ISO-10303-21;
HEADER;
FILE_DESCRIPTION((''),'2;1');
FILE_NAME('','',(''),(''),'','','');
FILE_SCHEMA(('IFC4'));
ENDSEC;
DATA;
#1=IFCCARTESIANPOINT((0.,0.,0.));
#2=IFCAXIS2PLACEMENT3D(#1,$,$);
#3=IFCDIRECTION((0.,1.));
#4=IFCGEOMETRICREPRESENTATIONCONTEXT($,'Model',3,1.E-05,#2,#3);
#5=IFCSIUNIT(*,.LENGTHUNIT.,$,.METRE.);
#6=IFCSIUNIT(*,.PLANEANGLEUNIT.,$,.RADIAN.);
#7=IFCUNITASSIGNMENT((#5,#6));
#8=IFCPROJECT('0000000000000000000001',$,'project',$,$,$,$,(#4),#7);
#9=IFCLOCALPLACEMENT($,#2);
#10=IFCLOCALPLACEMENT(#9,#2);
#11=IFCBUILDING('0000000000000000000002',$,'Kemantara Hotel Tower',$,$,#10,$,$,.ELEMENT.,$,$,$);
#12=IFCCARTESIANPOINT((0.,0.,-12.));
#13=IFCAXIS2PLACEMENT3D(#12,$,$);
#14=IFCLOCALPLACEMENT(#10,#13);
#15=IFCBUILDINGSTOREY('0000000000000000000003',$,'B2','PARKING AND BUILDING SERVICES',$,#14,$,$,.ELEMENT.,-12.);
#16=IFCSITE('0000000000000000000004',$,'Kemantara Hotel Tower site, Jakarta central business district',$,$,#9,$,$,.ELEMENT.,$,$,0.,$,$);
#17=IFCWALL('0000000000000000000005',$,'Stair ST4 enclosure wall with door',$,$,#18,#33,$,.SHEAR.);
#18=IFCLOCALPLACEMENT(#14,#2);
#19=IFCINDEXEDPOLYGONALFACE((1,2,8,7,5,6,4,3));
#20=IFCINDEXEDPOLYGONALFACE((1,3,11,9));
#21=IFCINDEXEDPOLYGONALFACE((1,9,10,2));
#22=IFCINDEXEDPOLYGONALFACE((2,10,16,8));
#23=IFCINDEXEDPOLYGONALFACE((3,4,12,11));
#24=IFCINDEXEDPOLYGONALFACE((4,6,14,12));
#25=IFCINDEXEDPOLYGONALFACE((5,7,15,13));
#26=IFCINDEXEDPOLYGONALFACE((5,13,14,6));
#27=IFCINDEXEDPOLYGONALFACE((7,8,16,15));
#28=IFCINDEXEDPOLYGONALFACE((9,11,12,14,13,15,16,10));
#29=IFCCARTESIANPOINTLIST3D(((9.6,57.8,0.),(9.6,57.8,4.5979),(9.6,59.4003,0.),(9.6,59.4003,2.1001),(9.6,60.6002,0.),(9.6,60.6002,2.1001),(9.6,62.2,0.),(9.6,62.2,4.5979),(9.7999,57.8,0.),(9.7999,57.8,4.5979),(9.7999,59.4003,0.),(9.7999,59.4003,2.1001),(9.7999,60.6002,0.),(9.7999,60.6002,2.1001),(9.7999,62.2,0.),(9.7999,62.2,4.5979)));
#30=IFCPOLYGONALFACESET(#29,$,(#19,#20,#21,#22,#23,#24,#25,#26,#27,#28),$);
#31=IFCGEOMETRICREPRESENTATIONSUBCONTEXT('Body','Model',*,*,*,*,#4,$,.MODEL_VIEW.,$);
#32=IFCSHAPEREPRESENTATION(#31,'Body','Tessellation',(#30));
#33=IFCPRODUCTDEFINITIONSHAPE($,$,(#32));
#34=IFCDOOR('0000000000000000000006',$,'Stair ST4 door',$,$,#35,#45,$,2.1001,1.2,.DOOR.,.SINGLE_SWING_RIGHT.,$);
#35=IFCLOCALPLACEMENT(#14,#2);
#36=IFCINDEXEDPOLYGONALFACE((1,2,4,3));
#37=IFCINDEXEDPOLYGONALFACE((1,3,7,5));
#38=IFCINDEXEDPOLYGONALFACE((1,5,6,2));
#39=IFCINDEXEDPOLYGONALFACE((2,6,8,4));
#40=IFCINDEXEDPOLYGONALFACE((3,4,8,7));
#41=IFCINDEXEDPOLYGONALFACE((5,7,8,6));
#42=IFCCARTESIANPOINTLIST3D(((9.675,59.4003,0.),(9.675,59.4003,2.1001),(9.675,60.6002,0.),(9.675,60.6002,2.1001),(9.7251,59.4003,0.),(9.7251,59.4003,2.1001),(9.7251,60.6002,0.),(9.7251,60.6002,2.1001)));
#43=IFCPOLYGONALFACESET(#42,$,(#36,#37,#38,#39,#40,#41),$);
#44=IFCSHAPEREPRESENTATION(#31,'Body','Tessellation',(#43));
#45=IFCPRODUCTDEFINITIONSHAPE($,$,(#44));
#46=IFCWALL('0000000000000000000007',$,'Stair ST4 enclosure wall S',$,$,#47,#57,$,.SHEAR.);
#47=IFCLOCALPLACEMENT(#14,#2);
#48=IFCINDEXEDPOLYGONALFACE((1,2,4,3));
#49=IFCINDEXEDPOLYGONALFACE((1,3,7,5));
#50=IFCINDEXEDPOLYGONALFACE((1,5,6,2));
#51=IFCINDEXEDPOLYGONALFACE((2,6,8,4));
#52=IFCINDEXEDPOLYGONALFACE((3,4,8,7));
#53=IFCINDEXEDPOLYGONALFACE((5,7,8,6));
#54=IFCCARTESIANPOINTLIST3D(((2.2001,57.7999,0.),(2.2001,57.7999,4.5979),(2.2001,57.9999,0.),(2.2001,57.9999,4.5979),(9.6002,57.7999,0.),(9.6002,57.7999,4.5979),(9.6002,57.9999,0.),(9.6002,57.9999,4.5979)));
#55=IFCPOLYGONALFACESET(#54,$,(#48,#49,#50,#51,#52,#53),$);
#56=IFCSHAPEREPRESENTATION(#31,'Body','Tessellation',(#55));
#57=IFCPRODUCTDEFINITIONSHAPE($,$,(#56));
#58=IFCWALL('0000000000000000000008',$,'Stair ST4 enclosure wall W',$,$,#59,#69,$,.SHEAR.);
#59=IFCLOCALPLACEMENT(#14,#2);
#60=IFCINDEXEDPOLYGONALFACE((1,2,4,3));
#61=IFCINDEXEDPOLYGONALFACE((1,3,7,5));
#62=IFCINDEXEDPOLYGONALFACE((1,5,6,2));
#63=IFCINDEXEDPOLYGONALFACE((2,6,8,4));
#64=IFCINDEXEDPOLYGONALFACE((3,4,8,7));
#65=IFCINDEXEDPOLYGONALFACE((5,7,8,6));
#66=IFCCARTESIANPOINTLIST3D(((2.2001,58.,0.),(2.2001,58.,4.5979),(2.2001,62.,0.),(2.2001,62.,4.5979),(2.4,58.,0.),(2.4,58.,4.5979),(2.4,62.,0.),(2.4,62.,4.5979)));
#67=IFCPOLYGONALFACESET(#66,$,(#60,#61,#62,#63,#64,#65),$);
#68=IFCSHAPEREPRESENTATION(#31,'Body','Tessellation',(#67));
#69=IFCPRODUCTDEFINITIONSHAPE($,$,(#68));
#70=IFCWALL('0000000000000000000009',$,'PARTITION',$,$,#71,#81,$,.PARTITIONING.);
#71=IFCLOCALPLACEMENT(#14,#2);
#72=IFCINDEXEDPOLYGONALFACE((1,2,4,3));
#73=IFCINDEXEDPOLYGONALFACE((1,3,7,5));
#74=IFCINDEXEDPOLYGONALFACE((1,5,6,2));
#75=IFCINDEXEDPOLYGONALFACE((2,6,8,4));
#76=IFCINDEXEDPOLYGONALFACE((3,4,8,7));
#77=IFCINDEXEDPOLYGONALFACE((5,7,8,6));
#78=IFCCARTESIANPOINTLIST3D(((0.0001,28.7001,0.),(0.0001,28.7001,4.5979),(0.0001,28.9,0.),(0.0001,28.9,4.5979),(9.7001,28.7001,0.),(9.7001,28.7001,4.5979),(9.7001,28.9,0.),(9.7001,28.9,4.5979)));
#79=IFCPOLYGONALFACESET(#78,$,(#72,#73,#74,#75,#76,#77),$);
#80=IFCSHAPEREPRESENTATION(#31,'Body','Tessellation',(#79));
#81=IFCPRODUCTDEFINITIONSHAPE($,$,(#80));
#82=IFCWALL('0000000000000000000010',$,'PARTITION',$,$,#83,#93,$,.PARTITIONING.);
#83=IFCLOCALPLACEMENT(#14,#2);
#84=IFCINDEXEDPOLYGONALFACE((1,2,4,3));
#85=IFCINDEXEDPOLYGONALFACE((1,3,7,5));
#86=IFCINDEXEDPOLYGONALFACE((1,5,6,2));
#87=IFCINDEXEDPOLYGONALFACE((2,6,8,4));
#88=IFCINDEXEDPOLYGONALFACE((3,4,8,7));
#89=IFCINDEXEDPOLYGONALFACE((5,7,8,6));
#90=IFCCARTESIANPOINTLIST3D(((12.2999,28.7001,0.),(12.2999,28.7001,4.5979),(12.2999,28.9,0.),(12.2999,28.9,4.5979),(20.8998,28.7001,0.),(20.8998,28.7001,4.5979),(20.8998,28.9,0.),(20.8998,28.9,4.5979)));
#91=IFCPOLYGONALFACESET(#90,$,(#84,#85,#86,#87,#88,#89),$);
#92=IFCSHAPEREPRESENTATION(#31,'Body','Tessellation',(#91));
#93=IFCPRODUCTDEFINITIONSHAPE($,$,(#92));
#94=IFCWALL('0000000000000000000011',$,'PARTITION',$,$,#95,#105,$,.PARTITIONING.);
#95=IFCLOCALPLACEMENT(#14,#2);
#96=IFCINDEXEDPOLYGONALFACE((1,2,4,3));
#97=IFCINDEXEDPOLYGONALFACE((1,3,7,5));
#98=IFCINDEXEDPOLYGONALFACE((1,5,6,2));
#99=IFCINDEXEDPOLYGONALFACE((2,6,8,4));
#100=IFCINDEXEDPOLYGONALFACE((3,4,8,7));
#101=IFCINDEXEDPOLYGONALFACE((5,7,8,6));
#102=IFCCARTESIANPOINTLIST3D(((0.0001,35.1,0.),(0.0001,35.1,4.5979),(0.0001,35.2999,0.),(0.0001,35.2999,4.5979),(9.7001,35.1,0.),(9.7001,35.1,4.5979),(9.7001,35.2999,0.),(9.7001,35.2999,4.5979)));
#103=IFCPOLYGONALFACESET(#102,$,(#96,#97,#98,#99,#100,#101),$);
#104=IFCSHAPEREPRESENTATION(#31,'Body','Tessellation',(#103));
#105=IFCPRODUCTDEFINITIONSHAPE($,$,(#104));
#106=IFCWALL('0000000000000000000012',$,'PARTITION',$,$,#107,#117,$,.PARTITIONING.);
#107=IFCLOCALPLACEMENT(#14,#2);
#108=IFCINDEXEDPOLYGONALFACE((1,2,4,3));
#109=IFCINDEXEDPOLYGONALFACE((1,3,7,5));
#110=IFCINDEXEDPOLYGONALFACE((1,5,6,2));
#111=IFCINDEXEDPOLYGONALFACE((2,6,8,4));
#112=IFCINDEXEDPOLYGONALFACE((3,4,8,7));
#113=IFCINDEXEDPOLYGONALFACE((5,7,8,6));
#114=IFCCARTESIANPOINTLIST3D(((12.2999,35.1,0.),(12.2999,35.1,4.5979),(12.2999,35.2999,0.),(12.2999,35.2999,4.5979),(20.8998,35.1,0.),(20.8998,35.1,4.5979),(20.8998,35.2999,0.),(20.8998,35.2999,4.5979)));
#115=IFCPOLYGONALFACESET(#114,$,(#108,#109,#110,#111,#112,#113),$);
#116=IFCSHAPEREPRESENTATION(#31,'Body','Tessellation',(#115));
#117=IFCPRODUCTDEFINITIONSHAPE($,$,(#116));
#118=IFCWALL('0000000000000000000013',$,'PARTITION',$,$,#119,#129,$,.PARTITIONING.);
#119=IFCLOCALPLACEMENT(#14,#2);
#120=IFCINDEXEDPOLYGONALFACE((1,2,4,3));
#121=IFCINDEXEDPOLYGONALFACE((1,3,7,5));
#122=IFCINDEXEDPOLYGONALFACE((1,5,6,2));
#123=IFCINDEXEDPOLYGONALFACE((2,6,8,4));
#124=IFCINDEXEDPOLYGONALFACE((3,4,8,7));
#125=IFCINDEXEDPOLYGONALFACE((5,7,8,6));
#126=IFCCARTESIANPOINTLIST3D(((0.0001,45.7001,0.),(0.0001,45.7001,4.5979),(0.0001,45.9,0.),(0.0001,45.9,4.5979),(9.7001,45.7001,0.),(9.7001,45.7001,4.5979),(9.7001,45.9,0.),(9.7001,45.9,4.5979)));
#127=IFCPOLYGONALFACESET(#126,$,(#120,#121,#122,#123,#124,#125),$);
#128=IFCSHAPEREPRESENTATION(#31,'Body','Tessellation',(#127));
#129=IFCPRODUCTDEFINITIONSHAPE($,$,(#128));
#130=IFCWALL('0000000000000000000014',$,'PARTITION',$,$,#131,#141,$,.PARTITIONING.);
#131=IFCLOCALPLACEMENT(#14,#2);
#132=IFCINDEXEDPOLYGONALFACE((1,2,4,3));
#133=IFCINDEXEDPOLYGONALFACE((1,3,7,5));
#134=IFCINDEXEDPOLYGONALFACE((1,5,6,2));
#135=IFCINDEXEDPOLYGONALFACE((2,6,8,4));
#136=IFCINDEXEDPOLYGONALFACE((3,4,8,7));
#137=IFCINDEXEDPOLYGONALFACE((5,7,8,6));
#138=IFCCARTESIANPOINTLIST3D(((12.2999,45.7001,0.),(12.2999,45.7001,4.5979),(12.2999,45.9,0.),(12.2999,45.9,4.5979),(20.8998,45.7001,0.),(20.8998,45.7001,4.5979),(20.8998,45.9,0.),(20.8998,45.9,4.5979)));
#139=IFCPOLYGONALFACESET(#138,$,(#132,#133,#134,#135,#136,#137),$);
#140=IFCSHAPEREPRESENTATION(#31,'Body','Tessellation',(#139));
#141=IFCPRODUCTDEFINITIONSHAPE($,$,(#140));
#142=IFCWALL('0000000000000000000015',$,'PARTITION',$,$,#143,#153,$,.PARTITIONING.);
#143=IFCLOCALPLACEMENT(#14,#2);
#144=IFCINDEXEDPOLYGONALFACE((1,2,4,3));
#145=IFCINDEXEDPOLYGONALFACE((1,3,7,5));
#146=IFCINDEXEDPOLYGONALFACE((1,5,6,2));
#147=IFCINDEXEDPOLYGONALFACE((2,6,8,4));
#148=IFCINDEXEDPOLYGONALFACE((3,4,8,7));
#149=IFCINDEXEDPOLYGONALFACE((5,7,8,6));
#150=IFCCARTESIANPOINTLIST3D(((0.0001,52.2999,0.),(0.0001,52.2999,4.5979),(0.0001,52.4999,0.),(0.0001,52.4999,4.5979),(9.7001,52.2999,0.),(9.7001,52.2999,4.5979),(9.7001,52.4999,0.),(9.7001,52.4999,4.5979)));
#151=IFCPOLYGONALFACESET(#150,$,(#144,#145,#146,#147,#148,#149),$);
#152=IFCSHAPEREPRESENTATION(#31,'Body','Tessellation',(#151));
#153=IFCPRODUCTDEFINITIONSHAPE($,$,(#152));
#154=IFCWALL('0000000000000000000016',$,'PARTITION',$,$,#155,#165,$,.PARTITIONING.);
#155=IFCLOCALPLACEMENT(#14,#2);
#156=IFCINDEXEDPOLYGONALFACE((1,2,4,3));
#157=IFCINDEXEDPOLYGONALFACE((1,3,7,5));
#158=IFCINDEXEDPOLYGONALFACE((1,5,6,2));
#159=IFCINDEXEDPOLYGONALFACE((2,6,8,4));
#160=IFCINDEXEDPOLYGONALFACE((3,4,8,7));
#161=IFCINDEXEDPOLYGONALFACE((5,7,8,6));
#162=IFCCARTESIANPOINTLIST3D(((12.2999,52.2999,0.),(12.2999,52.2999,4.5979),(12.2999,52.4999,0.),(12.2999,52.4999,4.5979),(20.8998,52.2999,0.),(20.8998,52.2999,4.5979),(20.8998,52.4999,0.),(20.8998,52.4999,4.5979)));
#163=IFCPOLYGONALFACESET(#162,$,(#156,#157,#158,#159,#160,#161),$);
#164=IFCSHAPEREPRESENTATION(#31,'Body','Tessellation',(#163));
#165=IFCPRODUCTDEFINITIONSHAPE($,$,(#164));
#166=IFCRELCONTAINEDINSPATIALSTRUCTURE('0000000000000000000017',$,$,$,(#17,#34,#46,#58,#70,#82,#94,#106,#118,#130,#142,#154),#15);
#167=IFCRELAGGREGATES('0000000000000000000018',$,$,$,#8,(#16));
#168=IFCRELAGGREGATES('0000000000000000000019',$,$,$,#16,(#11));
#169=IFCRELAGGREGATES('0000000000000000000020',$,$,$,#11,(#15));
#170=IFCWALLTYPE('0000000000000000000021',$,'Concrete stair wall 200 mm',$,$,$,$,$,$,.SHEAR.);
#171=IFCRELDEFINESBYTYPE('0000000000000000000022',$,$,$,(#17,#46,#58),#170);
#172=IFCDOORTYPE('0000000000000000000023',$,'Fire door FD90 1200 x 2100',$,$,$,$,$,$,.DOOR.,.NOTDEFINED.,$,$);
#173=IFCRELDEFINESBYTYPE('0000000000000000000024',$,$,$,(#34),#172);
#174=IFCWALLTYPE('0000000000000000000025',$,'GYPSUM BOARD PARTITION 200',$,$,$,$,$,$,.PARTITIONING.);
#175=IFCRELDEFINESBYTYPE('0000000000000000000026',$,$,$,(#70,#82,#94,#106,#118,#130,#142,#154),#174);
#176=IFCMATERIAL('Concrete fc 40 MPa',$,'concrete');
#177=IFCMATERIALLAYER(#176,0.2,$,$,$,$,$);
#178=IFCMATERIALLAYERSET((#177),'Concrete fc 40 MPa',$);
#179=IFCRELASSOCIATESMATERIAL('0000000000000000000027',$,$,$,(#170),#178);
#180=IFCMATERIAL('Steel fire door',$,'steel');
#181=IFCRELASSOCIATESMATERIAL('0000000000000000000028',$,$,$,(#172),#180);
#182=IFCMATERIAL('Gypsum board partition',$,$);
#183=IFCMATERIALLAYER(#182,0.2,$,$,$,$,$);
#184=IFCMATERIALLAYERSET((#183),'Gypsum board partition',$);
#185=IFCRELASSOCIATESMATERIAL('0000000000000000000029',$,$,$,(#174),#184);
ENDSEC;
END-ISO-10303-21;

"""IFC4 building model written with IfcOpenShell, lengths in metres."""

from ifc_helpers import new_model, si_unit, direction, frame, frame_2d, origin, place, context, subcontext, project, spatial, rectangle, extrude, material, layer, layer_set, type_object, element, fill, save


model = new_model("IFC4")

# Units and contexts
model_context = context("Model", 3, precision=1e-05, world=origin(), true_north=direction((0.0, 1.0)))
body_context = subcontext(model_context, "Body", "Model", "MODEL_VIEW")
ifc_project = project(units=[si_unit("LENGTHUNIT", "METRE"), si_unit("PLANEANGLEUNIT", "RADIAN")], contexts=[model_context])

# Site, building, storey
site_placement = place(None, origin())
site = spatial("IfcSite", under=ifc_project, at=site_placement, Name="Kemantara Hotel Tower site, Jakarta central business district", CompositionType="ELEMENT", RefElevation=0.0)
building_placement = place(site_placement, origin())
building = spatial("IfcBuilding", under=site, at=building_placement, Name="Kemantara Hotel Tower", CompositionType="ELEMENT")
storey_placement = place(building_placement, frame((0.0, 0.0, -12.0)))
storey = spatial("IfcBuildingStorey", under=building, at=storey_placement, Name="B2", Description="PARKING AND BUILDING SERVICES", CompositionType="ELEMENT", Elevation=-12.0)

# Wall, opening, door
ifc_material_1 = material(Name="Concrete fc 40 MPa", Category="concrete")
ifc_layer_1 = layer(ifc_material_1, 0.2)
ifc_layer_set_1 = layer_set([ifc_layer_1], Name="Concrete fc 40 MPa")
wall_type_1 = type_object("IfcWallType", Name="Concrete stair wall 200 mm", PredefinedType="SHEAR", material=ifc_layer_set_1)
wall_1_placement = place(storey_placement, frame((9.7, 57.8, 0.0), z_axis=(0.0, 0.0, 1.0), x_axis=(0.0, 1.0, 0.0)))
wall_1 = element("IfcWall", 1, at=wall_1_placement, inside=storey, type_object=wall_type_1, Name="Stair ST4 enclosure wall with door", PredefinedType="SHEAR", context=body_context, shape_type="SweptSolid", body=[
    extrude(rectangle(XDim=4.3999, YDim=0.2, at=frame_2d((2.2, 0.0))), origin(), (0.0, 0.0, 1.0), 4.5979),
])
opening_placement = place(wall_1_placement, frame((1.6001, 0.0, 0.0)))
opening = element("IfcOpeningElement", 2, at=opening_placement, cuts=wall_1, PredefinedType="OPENING", context=body_context, shape_type="SweptSolid", body=[
    extrude(rectangle(XDim=1.2, YDim=2.1001, at=frame_2d((0.6001, 1.05))), frame((0.0, 0.1099, 0.0), z_axis=(0.0, -1.0, 0.0), x_axis=(1.0, 0.0, 0.0)), (0.0, 0.0, 1.0), 0.22),
])
ifc_material_2 = material(Name="Steel fire door", Category="steel")
door_type = type_object("IfcDoorType", Name="Fire door FD90 1200 x 2100", OperationType="NOTDEFINED", PredefinedType="DOOR", material=ifc_material_2)
door_placement = place(opening_placement, origin())
door = element("IfcDoor", 3, at=door_placement, inside=storey, type_object=door_type, Name="Stair ST4 door", OperationType="SINGLE_SWING_RIGHT", OverallHeight=2.1001, OverallWidth=1.2, PredefinedType="DOOR", context=body_context, shape_type="SweptSolid", body=[
    extrude(rectangle(XDim=1.2, YDim=2.1001, at=frame_2d((0.6001, 1.05))), frame((0.0, 0.0249, 0.0), z_axis=(0.0, -1.0, 0.0), x_axis=(1.0, 0.0, 0.0)), (0.0, 0.0, 1.0), 0.05),
])
fill(opening, door)

# Walls
wall_2_placement = place(storey_placement, frame((2.2, 57.8999, 0.0), z_axis=(0.0, 0.0, 1.0), x_axis=(1.0, 0.0, 0.0)))
element("IfcWall", 4, at=wall_2_placement, inside=storey, type_object=wall_type_1, Name="Stair ST4 enclosure wall S", PredefinedType="SHEAR", context=body_context, shape_type="SweptSolid", body=[
    extrude(rectangle(XDim=7.4001, YDim=0.2, at=frame_2d((3.7002, 0.0))), origin(), (0.0, 0.0, 1.0), 4.5979),
])
wall_3_placement = place(storey_placement, frame((2.3, 58.0, 0.0), z_axis=(0.0, 0.0, 1.0), x_axis=(0.0, 1.0, 0.0)))
element("IfcWall", 5, at=wall_3_placement, inside=storey, type_object=wall_type_1, Name="Stair ST4 enclosure wall W", PredefinedType="SHEAR", context=body_context, shape_type="SweptSolid", body=[
    extrude(rectangle(XDim=4.0, YDim=0.2, at=frame_2d((2.0, 0.0))), origin(), (0.0, 0.0, 1.0), 4.5979),
])
ifc_material_3 = material(Name="Gypsum board partition")
ifc_layer_2 = layer(ifc_material_3, 0.2)
ifc_layer_set_2 = layer_set([ifc_layer_2], Name="Gypsum board partition")
wall_type_2 = type_object("IfcWallType", Name="GYPSUM BOARD PARTITION 200", PredefinedType="PARTITIONING", material=ifc_layer_set_2)
wall_4_placement = place(storey_placement, frame((0.0, 28.8, 0.0), z_axis=(0.0, 0.0, 1.0), x_axis=(1.0, 0.0, 0.0)))
element("IfcWall", 6, at=wall_4_placement, inside=storey, type_object=wall_type_2, Name="PARTITION", PredefinedType="PARTITIONING", context=body_context, shape_type="SweptSolid", body=[
    extrude(rectangle(XDim=9.7, YDim=0.2, at=frame_2d((4.8501, 0.0))), origin(), (0.0, 0.0, 1.0), 4.5979),
])
wall_5_placement = place(storey_placement, frame((12.3, 28.8, 0.0), z_axis=(0.0, 0.0, 1.0), x_axis=(1.0, 0.0, 0.0)))
element("IfcWall", 7, at=wall_5_placement, inside=storey, type_object=wall_type_2, Name="PARTITION", PredefinedType="PARTITIONING", context=body_context, shape_type="SweptSolid", body=[
    extrude(rectangle(XDim=8.5999, YDim=0.2, at=frame_2d((4.2998, 0.0))), origin(), (0.0, 0.0, 1.0), 4.5979),
])
wall_6_placement = place(storey_placement, frame((0.0, 35.2, 0.0), z_axis=(0.0, 0.0, 1.0), x_axis=(1.0, 0.0, 0.0)))
element("IfcWall", 8, at=wall_6_placement, inside=storey, type_object=wall_type_2, Name="PARTITION", PredefinedType="PARTITIONING", context=body_context, shape_type="SweptSolid", body=[
    extrude(rectangle(XDim=9.7, YDim=0.2, at=frame_2d((4.8501, 0.0))), origin(), (0.0, 0.0, 1.0), 4.5979),
])
wall_7_placement = place(storey_placement, frame((12.3, 35.2, 0.0), z_axis=(0.0, 0.0, 1.0), x_axis=(1.0, 0.0, 0.0)))
element("IfcWall", 9, at=wall_7_placement, inside=storey, type_object=wall_type_2, Name="PARTITION", PredefinedType="PARTITIONING", context=body_context, shape_type="SweptSolid", body=[
    extrude(rectangle(XDim=8.5999, YDim=0.2, at=frame_2d((4.2998, 0.0))), origin(), (0.0, 0.0, 1.0), 4.5979),
])
wall_8_placement = place(storey_placement, frame((0.0, 45.8, 0.0), z_axis=(0.0, 0.0, 1.0), x_axis=(1.0, 0.0, 0.0)))
element("IfcWall", 10, at=wall_8_placement, inside=storey, type_object=wall_type_2, Name="PARTITION", PredefinedType="PARTITIONING", context=body_context, shape_type="SweptSolid", body=[
    extrude(rectangle(XDim=9.7, YDim=0.2, at=frame_2d((4.8501, 0.0))), origin(), (0.0, 0.0, 1.0), 4.5979),
])
wall_9_placement = place(storey_placement, frame((12.3, 45.8, 0.0), z_axis=(0.0, 0.0, 1.0), x_axis=(1.0, 0.0, 0.0)))
element("IfcWall", 11, at=wall_9_placement, inside=storey, type_object=wall_type_2, Name="PARTITION", PredefinedType="PARTITIONING", context=body_context, shape_type="SweptSolid", body=[
    extrude(rectangle(XDim=8.5999, YDim=0.2, at=frame_2d((4.2998, 0.0))), origin(), (0.0, 0.0, 1.0), 4.5979),
])
wall_10_placement = place(storey_placement, frame((0.0, 52.3999, 0.0), z_axis=(0.0, 0.0, 1.0), x_axis=(1.0, 0.0, 0.0)))
element("IfcWall", 12, at=wall_10_placement, inside=storey, type_object=wall_type_2, Name="PARTITION", PredefinedType="PARTITIONING", context=body_context, shape_type="SweptSolid", body=[
    extrude(rectangle(XDim=9.7, YDim=0.2, at=frame_2d((4.8501, 0.0))), origin(), (0.0, 0.0, 1.0), 4.5979),
])
wall_11_placement = place(storey_placement, frame((12.3, 52.3999, 0.0), z_axis=(0.0, 0.0, 1.0), x_axis=(1.0, 0.0, 0.0)))
element("IfcWall", 13, at=wall_11_placement, inside=storey, type_object=wall_type_2, Name="PARTITION", PredefinedType="PARTITIONING", context=body_context, shape_type="SweptSolid", body=[
    extrude(rectangle(XDim=8.5999, YDim=0.2, at=frame_2d((4.2998, 0.0))), origin(), (0.0, 0.0, 1.0), 4.5979),
])

save(model, "model.ifc")
